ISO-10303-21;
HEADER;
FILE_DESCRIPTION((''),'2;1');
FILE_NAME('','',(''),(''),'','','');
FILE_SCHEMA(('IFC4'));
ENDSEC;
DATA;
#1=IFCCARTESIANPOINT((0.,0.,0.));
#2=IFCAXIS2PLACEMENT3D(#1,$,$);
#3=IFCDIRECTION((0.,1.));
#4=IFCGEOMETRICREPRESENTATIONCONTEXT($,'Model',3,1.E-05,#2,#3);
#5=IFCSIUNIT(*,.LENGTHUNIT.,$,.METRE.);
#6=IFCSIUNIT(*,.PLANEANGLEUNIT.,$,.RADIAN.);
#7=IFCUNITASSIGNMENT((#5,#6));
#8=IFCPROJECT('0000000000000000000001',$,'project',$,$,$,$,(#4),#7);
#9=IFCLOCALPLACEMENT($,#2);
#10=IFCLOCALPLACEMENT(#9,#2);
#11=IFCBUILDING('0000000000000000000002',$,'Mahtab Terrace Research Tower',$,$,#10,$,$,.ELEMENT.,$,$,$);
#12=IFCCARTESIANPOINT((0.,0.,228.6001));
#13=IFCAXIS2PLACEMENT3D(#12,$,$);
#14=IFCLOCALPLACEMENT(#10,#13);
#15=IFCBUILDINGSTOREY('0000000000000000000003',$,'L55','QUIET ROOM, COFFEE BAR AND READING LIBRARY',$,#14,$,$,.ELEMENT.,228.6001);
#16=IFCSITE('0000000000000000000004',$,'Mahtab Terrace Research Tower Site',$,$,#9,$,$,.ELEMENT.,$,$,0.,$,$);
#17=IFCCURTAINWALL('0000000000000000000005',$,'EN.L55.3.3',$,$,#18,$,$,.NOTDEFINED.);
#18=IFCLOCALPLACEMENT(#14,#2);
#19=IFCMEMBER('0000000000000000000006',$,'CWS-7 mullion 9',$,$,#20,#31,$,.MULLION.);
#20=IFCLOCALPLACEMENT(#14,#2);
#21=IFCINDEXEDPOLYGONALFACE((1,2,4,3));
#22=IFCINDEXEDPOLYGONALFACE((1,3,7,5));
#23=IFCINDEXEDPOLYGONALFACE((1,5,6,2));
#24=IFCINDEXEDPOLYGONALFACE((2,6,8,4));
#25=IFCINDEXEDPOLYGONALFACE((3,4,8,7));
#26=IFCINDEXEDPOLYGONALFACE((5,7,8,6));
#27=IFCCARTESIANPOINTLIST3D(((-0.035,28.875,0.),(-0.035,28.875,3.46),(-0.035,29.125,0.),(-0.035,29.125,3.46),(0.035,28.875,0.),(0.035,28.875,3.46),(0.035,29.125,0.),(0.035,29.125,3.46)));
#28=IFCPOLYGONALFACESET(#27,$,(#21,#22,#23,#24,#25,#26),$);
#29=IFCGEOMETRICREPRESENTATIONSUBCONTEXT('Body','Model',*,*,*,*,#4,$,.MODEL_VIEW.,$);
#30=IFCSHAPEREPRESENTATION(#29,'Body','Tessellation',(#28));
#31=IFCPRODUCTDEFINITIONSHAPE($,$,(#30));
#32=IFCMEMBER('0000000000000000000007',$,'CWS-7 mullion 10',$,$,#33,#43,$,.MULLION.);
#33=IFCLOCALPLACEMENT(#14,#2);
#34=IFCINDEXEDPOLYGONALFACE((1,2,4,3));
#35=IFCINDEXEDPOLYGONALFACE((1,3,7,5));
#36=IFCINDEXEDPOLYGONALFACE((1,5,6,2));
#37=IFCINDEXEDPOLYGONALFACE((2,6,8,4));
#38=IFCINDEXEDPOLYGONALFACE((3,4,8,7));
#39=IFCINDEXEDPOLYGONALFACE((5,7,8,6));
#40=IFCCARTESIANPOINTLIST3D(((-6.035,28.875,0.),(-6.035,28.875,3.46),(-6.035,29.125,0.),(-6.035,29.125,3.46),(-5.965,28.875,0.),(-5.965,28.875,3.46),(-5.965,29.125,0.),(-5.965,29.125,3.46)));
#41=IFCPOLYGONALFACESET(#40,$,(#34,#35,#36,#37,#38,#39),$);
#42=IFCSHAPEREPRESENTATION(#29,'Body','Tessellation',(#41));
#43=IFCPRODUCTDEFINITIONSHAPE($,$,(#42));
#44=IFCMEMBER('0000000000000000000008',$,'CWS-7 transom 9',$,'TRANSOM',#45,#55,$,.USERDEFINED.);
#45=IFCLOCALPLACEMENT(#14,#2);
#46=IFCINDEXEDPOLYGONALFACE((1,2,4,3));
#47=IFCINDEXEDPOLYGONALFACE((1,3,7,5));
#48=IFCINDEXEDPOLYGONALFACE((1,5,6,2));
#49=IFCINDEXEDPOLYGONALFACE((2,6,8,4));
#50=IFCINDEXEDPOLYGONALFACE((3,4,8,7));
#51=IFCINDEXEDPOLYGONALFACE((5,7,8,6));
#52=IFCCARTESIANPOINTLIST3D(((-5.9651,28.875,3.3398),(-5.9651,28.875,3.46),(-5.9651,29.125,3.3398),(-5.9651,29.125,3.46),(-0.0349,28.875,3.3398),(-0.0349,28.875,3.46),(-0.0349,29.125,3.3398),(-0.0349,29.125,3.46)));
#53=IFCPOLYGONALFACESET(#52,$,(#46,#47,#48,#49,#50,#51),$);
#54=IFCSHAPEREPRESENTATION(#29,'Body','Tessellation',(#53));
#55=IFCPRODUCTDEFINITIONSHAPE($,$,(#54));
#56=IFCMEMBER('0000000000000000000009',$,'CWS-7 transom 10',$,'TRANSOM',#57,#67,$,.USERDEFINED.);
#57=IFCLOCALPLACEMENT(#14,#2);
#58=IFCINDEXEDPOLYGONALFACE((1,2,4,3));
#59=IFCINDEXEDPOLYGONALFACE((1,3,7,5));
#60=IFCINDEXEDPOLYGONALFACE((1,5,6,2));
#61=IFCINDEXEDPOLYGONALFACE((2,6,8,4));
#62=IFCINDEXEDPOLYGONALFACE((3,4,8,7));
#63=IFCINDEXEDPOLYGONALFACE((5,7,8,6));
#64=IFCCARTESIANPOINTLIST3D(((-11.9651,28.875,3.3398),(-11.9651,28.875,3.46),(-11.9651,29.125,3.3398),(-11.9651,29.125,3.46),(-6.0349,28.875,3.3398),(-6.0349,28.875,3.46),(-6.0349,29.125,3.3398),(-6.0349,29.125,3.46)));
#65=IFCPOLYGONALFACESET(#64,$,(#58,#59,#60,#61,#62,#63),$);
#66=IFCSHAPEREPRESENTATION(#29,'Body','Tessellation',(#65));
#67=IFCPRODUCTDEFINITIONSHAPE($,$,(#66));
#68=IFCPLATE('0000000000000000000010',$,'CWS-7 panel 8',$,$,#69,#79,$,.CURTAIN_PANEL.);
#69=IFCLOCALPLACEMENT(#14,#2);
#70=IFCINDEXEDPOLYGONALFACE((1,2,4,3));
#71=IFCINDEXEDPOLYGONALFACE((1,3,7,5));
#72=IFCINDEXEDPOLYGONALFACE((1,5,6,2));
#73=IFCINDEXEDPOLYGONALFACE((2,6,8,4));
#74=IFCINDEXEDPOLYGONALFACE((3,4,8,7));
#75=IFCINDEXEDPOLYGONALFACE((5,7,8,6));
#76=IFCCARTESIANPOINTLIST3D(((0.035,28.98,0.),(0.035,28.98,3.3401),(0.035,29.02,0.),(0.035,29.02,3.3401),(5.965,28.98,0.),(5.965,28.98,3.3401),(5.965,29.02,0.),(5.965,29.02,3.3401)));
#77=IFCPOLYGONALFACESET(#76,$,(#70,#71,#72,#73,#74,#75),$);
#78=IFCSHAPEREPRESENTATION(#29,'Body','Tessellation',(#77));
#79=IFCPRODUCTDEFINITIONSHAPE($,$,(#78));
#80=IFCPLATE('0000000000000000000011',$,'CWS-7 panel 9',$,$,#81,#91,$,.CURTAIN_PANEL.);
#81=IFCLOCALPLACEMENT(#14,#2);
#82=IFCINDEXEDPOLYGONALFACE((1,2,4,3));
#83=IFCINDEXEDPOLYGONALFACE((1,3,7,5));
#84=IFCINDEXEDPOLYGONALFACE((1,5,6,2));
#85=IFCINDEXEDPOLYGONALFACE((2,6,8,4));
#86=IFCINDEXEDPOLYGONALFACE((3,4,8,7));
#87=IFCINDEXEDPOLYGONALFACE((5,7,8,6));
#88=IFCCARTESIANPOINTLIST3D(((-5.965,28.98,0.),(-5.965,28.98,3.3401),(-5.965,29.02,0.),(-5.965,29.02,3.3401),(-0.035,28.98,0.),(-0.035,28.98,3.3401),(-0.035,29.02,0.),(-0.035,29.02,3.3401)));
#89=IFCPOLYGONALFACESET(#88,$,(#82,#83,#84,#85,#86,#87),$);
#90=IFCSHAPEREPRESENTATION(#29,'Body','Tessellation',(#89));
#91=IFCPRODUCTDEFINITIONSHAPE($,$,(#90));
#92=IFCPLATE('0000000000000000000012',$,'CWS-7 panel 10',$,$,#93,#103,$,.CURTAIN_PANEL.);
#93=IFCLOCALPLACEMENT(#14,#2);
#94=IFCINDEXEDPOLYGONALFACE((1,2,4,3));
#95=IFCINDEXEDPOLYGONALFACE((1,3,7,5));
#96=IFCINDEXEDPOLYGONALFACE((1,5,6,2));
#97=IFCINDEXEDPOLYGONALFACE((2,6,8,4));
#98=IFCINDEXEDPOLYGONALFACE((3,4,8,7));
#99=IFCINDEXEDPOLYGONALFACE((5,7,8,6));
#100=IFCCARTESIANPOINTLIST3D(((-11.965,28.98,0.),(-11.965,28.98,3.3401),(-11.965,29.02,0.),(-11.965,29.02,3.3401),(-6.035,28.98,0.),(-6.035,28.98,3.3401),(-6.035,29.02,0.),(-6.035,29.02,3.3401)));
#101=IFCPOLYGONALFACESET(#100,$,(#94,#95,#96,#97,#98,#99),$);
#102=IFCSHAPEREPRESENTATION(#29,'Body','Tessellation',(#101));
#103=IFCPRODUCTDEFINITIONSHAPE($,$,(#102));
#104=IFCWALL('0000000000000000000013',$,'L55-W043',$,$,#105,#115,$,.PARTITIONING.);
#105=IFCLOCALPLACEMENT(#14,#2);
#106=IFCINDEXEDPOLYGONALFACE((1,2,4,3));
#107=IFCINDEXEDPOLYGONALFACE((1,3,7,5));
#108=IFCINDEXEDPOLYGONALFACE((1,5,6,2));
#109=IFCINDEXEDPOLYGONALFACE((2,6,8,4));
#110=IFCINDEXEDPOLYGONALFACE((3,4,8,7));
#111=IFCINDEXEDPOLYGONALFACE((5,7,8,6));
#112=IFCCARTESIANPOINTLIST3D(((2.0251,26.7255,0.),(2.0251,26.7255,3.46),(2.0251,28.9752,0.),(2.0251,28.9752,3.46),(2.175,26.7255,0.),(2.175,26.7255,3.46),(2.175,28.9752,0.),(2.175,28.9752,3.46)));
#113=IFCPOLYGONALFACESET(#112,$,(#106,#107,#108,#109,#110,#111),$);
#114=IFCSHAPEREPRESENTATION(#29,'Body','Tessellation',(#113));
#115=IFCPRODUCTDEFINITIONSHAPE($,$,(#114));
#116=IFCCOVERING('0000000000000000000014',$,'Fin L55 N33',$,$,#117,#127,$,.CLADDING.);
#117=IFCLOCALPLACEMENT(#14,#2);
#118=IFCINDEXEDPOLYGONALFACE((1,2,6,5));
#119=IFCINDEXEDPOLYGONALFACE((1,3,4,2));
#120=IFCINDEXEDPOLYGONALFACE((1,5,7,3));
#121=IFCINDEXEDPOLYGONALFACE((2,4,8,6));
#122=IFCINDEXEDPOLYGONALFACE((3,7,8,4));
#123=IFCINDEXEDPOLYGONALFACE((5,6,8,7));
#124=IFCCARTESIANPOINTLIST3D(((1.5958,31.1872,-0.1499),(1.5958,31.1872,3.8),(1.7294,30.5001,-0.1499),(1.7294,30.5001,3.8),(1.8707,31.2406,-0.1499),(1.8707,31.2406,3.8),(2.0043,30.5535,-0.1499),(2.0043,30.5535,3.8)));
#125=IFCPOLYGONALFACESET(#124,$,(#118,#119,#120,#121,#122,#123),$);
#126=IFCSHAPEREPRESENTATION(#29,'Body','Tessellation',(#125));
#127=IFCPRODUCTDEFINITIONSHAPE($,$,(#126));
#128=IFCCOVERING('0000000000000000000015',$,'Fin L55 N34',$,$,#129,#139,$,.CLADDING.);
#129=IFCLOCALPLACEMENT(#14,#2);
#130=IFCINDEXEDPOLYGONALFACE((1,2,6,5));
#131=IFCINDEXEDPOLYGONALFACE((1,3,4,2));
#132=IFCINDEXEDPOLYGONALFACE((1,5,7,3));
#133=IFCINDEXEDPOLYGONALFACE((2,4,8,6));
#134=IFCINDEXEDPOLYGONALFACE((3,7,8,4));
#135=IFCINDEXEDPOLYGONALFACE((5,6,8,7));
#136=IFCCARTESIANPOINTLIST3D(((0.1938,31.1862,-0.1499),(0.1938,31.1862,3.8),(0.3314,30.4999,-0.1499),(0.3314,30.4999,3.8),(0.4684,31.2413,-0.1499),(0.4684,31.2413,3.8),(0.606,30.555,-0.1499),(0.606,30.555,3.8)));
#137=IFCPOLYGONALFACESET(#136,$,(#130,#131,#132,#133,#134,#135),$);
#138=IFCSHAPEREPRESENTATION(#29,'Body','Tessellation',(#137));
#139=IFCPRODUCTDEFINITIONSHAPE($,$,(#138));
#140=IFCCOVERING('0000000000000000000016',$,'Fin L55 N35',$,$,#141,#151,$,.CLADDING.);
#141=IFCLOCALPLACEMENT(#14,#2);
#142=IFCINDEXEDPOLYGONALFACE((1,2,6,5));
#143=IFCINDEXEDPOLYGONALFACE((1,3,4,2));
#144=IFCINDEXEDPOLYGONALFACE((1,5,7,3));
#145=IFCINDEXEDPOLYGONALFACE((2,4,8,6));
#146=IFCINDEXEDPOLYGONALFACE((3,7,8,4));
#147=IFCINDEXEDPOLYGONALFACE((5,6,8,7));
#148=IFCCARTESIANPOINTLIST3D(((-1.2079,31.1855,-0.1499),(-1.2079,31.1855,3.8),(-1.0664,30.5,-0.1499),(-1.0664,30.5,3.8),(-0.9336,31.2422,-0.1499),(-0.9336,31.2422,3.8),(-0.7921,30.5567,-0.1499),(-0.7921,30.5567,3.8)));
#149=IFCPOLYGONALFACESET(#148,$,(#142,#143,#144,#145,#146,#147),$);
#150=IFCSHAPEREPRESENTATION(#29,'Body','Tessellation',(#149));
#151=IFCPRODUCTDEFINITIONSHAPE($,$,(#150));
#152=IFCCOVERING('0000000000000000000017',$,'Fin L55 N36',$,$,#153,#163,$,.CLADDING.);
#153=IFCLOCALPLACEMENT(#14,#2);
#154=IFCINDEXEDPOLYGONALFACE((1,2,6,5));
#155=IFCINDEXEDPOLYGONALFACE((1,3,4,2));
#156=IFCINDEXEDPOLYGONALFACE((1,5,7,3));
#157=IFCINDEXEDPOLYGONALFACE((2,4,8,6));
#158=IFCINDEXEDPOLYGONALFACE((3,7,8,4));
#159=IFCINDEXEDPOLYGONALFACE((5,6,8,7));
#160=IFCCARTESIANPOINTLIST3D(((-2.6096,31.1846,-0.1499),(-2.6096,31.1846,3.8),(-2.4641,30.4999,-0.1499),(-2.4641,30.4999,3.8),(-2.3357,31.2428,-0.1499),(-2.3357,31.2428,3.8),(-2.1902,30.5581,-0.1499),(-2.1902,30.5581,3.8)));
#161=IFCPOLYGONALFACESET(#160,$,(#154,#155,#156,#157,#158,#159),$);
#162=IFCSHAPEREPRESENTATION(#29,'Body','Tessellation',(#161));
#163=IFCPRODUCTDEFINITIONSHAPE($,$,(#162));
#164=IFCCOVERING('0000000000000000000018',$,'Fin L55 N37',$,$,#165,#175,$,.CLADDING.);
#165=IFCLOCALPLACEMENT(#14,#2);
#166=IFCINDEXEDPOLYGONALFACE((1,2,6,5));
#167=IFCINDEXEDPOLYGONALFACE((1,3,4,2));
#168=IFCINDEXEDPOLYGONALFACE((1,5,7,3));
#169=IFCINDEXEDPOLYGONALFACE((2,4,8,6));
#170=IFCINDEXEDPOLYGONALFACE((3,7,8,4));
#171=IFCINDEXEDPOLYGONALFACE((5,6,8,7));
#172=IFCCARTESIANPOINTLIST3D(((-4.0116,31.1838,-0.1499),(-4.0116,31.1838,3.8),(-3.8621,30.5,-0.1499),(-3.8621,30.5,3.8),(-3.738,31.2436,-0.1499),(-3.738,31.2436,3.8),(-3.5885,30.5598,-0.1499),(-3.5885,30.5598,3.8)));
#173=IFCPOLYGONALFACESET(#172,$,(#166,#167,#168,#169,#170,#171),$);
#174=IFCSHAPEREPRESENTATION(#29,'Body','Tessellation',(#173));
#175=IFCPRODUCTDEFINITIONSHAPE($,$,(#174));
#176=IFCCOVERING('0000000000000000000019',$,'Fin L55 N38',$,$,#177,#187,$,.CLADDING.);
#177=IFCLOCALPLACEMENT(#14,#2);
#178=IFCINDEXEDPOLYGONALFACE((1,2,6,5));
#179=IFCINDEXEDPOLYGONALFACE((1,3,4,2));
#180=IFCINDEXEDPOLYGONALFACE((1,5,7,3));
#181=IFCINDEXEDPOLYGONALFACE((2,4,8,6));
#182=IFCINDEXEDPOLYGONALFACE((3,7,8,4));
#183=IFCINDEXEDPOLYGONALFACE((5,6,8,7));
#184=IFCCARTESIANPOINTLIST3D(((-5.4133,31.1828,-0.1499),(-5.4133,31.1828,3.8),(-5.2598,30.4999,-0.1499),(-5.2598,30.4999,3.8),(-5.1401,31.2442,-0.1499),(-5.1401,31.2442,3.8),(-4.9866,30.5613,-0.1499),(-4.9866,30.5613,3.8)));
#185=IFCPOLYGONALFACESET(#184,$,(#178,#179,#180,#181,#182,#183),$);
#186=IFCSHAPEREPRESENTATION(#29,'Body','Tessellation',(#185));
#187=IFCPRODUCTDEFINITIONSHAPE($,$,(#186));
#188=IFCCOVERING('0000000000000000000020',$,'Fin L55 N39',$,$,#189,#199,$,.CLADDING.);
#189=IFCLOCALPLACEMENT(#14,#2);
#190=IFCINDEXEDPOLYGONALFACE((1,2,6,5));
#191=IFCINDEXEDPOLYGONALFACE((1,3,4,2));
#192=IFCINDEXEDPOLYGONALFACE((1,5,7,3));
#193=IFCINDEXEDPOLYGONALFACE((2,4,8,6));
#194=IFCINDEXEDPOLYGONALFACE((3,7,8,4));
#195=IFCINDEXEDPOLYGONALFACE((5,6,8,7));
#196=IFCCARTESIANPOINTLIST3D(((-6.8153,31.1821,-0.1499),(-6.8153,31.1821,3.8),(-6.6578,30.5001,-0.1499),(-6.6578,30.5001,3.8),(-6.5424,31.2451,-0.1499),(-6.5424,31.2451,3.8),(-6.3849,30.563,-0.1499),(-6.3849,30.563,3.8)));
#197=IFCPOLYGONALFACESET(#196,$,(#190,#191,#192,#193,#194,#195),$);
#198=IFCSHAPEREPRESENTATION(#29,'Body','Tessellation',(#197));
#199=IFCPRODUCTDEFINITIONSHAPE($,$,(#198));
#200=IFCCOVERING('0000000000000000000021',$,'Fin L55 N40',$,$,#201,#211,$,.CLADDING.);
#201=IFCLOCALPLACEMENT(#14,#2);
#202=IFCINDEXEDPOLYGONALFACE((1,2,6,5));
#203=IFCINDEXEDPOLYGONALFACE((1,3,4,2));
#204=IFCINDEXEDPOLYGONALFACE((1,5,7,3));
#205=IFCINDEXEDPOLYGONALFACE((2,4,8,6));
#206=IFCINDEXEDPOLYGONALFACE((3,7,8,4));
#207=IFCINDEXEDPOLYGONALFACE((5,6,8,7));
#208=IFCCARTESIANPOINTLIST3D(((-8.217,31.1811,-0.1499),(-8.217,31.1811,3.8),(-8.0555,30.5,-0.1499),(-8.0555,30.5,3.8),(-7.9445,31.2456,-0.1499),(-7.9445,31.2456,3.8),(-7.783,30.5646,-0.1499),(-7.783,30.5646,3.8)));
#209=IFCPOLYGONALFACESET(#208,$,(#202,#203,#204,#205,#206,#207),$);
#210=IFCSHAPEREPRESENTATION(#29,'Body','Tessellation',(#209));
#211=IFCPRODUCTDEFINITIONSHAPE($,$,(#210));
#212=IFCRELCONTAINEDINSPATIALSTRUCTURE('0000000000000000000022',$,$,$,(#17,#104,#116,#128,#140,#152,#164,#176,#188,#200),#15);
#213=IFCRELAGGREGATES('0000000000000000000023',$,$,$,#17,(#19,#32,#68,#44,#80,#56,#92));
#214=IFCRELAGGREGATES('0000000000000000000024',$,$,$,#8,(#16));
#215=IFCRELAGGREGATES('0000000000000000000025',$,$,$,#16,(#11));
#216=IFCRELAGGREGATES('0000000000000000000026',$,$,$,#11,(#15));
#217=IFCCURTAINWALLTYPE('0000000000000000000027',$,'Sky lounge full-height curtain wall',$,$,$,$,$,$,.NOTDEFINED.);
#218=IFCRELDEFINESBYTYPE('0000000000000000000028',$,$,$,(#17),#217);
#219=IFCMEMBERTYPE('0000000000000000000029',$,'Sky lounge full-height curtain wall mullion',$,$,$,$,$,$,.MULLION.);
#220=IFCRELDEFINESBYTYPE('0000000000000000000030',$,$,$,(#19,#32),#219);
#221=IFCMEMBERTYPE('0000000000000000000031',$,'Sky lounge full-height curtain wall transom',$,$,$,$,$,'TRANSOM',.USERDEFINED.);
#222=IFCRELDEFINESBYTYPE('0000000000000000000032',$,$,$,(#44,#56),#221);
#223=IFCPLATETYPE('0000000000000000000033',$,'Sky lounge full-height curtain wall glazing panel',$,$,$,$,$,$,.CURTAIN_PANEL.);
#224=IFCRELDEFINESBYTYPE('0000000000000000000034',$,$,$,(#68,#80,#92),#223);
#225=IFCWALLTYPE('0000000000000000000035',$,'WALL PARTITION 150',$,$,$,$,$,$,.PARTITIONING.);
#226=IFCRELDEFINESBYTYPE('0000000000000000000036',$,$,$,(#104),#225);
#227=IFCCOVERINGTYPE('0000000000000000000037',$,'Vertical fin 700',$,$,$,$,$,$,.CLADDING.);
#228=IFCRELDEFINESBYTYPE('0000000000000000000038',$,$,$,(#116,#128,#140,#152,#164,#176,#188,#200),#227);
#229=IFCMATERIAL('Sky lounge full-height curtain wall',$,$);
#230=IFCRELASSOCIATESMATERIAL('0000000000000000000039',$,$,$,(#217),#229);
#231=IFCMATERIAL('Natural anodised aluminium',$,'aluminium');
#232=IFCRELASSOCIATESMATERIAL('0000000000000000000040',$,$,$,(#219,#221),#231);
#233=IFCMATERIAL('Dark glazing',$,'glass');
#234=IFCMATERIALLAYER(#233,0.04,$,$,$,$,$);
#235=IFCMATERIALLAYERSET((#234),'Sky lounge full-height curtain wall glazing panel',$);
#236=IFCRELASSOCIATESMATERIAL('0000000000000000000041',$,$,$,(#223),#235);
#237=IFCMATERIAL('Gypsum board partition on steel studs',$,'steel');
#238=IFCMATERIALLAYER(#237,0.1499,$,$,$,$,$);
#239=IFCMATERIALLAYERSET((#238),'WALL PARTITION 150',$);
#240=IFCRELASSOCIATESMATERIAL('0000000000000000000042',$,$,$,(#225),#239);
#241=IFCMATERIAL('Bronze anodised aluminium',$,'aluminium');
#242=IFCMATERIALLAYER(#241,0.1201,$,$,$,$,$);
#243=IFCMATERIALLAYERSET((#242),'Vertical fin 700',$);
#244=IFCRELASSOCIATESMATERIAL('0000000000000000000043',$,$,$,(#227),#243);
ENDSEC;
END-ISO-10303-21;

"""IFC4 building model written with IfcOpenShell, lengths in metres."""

from ifc_helpers import new_model, si_unit, direction, frame, frame_2d, origin, origin_2d, place, context, subcontext, project, spatial, rectangle, extrude, material, layer, layer_set, material_profile, profile_set, type_object, element, aggregate, save


model = new_model("IFC4")

# Units and contexts
model_context = context("Model", 3, precision=1e-05, world=origin(), true_north=direction((0.0, 1.0)))
body_context = subcontext(model_context, "Body", "Model", "MODEL_VIEW")
ifc_project = project(units=[si_unit("LENGTHUNIT", "METRE"), si_unit("PLANEANGLEUNIT", "RADIAN")], contexts=[model_context])

# Site, building, storey
site_placement = place(None, origin())
site = spatial("IfcSite", under=ifc_project, at=site_placement, Name="Mahtab Terrace Research Tower Site", CompositionType="ELEMENT", RefElevation=0.0)
building_placement = place(site_placement, origin())
building = spatial("IfcBuilding", under=site, at=building_placement, Name="Mahtab Terrace Research Tower", CompositionType="ELEMENT")
storey_placement = place(building_placement, frame((0.0, 0.0, 228.6001)))
storey = spatial("IfcBuildingStorey", under=building, at=storey_placement, Name="L55", Description="QUIET ROOM, COFFEE BAR AND READING LIBRARY", CompositionType="ELEMENT", Elevation=228.6001)

# Curtain wall, members, plates
ifc_material_1 = material(Name="Sky lounge full-height curtain wall")
curtain_wall_type = type_object("IfcCurtainWallType", Name="Sky lounge full-height curtain wall", PredefinedType="NOTDEFINED", material=ifc_material_1)
curtain_wall_placement = place(storey_placement, origin())
curtain_wall = element("IfcCurtainWall", 1, at=curtain_wall_placement, inside=storey, type_object=curtain_wall_type, Name="EN.L55.3.3", PredefinedType="NOTDEFINED")
ifc_material_2 = material(Name="Natural anodised aluminium", Category="aluminium")
ifc_material_profile_1 = material_profile(ifc_material_2, rectangle(XDim=0.25, YDim=0.0701, at=origin_2d()), Name="MULLION 70x250")
ifc_profile_set_1 = profile_set([ifc_material_profile_1], Name="Natural anodised aluminium")
member_type_1 = type_object("IfcMemberType", Name="Sky lounge full-height curtain wall mullion", PredefinedType="MULLION", material=ifc_profile_set_1)
member_1_placement = place(storey_placement, frame((0.0, 29.0, 0.0), z_axis=(0.0, 0.0, 1.0), x_axis=(0.0, -1.0, 0.0)))
member_1 = element("IfcMember", 2, at=member_1_placement, type_object=member_type_1, Name="CWS-7 mullion 9", PredefinedType="MULLION", context=body_context, shape_type="SweptSolid", body=[
    extrude(rectangle(XDim=0.25, YDim=0.0701, at=origin_2d()), origin(), (0.0, 0.0, 1.0), 3.46),
])
member_2_placement = place(storey_placement, frame((-6.0, 29.0, 0.0), z_axis=(0.0, 0.0, 1.0), x_axis=(0.0, -1.0, 0.0)))
member_2 = element("IfcMember", 3, at=member_2_placement, type_object=member_type_1, Name="CWS-7 mullion 10", PredefinedType="MULLION", context=body_context, shape_type="SweptSolid", body=[
    extrude(rectangle(XDim=0.25, YDim=0.0701, at=origin_2d()), origin(), (0.0, 0.0, 1.0), 3.46),
])
ifc_material_profile_2 = material_profile(ifc_material_2, rectangle(XDim=0.25, YDim=0.1201, at=origin_2d()), Name="TRANSOM 120x250")
ifc_profile_set_2 = profile_set([ifc_material_profile_2], Name="Natural anodised aluminium")
member_type_2 = type_object("IfcMemberType", Name="Sky lounge full-height curtain wall transom", ElementType="TRANSOM", PredefinedType="USERDEFINED", material=ifc_profile_set_2)
member_3_placement = place(storey_placement, frame((-0.0349, 29.0, 3.3999), z_axis=(-1.0, 0.0, 0.0), x_axis=(0.0, -1.0, 0.0)))
member_3 = element("IfcMember", 4, at=member_3_placement, type_object=member_type_2, Name="CWS-7 transom 9", ObjectType="TRANSOM", PredefinedType="USERDEFINED", context=body_context, shape_type="SweptSolid", body=[
    extrude(rectangle(XDim=0.25, YDim=0.1201, at=origin_2d()), origin(), (0.0, 0.0, 1.0), 5.9302),
])
member_4_placement = place(storey_placement, frame((-6.0349, 29.0, 3.3999), z_axis=(-1.0, 0.0, 0.0), x_axis=(0.0, -1.0, 0.0)))
member_4 = element("IfcMember", 5, at=member_4_placement, type_object=member_type_2, Name="CWS-7 transom 10", ObjectType="TRANSOM", PredefinedType="USERDEFINED", context=body_context, shape_type="SweptSolid", body=[
    extrude(rectangle(XDim=0.25, YDim=0.1201, at=origin_2d()), origin(), (0.0, 0.0, 1.0), 5.9302),
])
ifc_material_3 = material(Name="Dark glazing", Category="glass")
ifc_layer_1 = layer(ifc_material_3, 0.04)
ifc_layer_set_1 = layer_set([ifc_layer_1], Name="Sky lounge full-height curtain wall glazing panel")
plate_type = type_object("IfcPlateType", Name="Sky lounge full-height curtain wall glazing panel", PredefinedType="CURTAIN_PANEL", material=ifc_layer_set_1)
plate_1_placement = place(storey_placement, frame((3.0, 29.0, 0.0), z_axis=(0.0, 0.0, 1.0), x_axis=(-1.0, 0.0, 0.0)))
plate_1 = element("IfcPlate", 6, at=plate_1_placement, type_object=plate_type, Name="CWS-7 panel 8", PredefinedType="CURTAIN_PANEL", context=body_context, shape_type="SweptSolid", body=[
    extrude(rectangle(XDim=5.9299, YDim=0.04, at=origin_2d()), origin(), (0.0, 0.0, 1.0), 3.3401),
])
plate_2_placement = place(storey_placement, frame((-3.0, 29.0, 0.0), z_axis=(0.0, 0.0, 1.0), x_axis=(-1.0, 0.0, 0.0)))
plate_2 = element("IfcPlate", 7, at=plate_2_placement, type_object=plate_type, Name="CWS-7 panel 9", PredefinedType="CURTAIN_PANEL", context=body_context, shape_type="SweptSolid", body=[
    extrude(rectangle(XDim=5.9299, YDim=0.04, at=origin_2d()), origin(), (0.0, 0.0, 1.0), 3.3401),
])
plate_3_placement = place(storey_placement, frame((-9.0, 29.0, 0.0), z_axis=(0.0, 0.0, 1.0), x_axis=(-1.0, 0.0, 0.0)))
plate_3 = element("IfcPlate", 8, at=plate_3_placement, type_object=plate_type, Name="CWS-7 panel 10", PredefinedType="CURTAIN_PANEL", context=body_context, shape_type="SweptSolid", body=[
    extrude(rectangle(XDim=5.9299, YDim=0.04, at=origin_2d()), origin(), (0.0, 0.0, 1.0), 3.3401),
])
aggregate(curtain_wall, [member_1, member_2, plate_1, member_3, plate_2, member_4, plate_3])

# Wall
ifc_material_4 = material(Name="Gypsum board partition on steel studs", Category="steel")
ifc_layer_2 = layer(ifc_material_4, 0.1499)
ifc_layer_set_2 = layer_set([ifc_layer_2], Name="WALL PARTITION 150")
wall_type = type_object("IfcWallType", Name="WALL PARTITION 150", PredefinedType="PARTITIONING", material=ifc_layer_set_2)
wall_placement = place(storey_placement, frame((2.1001, 26.7253, 0.0), z_axis=(0.0, 0.0, 1.0), x_axis=(0.0, 1.0, 0.0)))
element("IfcWall", 9, at=wall_placement, inside=storey, type_object=wall_type, Name="L55-W043", PredefinedType="PARTITIONING", context=body_context, shape_type="SweptSolid", body=[
    extrude(rectangle(XDim=2.2498, YDim=0.1499, at=frame_2d((1.125, 0.0))), origin(), (0.0, 0.0, 1.0), 3.46),
])

# Coverings
ifc_material_5 = material(Name="Bronze anodised aluminium", Category="aluminium")
ifc_layer_3 = layer(ifc_material_5, 0.1201)
ifc_layer_set_3 = layer_set([ifc_layer_3], Name="Vertical fin 700")
covering_type = type_object("IfcCoveringType", Name="Vertical fin 700", PredefinedType="CLADDING", material=ifc_layer_set_3)
for number, where, z_axis, x_axis, name in (
    (10, (1.8, 30.8704, -0.1499), (0.0, 0.0, 1.0), (-0.981627, -0.190809, 0.0), "Fin L55 N33"),
    (11, (0.3999, 30.8706, -0.1499), (0.0, 0.0, 1.0), (-0.9805, -0.196517, 0.0), "Fin L55 N34"),
    (12, (-1.0, 30.8711, -0.1499), (0.0, 0.0, 1.0), (-0.979341, -0.202218, 0.0), "Fin L55 N35"),
    (13, (-2.3999, 30.8713, -0.1499), (0.0, 0.0, 1.0), (-0.978148, -0.207912, 0.0), "Fin L55 N36"),
    (14, (-3.8, 30.8718, -0.1499), (0.0, 0.0, 1.0), (-0.976921, -0.213599, 0.0), "Fin L55 N37"),
    (15, (-5.2, 30.8721, -0.1499), (0.0, 0.0, 1.0), (-0.975662, -0.219279, 0.0), "Fin L55 N38"),
    (16, (-6.6001, 30.8726, -0.1499), (0.0, 0.0, 1.0), (-0.97437, -0.224951, 0.0), "Fin L55 N39"),
    (17, (-8.0, 30.8728, -0.1499), (0.0, 0.0, 1.0), (-0.973045, -0.230616, 0.0), "Fin L55 N40"),
):
    element("IfcCovering", number, at=place(storey_placement, frame(where, z_axis=z_axis, x_axis=x_axis)), inside=storey, type_object=covering_type, Name=name, PredefinedType="CLADDING", context=body_context, shape_type="SweptSolid", body=[
        extrude(rectangle(XDim=0.28, YDim=0.7, at=origin_2d()), origin(), (0.0, 0.0, 1.0), 3.95),
    ])

save(model, "model.ifc")
